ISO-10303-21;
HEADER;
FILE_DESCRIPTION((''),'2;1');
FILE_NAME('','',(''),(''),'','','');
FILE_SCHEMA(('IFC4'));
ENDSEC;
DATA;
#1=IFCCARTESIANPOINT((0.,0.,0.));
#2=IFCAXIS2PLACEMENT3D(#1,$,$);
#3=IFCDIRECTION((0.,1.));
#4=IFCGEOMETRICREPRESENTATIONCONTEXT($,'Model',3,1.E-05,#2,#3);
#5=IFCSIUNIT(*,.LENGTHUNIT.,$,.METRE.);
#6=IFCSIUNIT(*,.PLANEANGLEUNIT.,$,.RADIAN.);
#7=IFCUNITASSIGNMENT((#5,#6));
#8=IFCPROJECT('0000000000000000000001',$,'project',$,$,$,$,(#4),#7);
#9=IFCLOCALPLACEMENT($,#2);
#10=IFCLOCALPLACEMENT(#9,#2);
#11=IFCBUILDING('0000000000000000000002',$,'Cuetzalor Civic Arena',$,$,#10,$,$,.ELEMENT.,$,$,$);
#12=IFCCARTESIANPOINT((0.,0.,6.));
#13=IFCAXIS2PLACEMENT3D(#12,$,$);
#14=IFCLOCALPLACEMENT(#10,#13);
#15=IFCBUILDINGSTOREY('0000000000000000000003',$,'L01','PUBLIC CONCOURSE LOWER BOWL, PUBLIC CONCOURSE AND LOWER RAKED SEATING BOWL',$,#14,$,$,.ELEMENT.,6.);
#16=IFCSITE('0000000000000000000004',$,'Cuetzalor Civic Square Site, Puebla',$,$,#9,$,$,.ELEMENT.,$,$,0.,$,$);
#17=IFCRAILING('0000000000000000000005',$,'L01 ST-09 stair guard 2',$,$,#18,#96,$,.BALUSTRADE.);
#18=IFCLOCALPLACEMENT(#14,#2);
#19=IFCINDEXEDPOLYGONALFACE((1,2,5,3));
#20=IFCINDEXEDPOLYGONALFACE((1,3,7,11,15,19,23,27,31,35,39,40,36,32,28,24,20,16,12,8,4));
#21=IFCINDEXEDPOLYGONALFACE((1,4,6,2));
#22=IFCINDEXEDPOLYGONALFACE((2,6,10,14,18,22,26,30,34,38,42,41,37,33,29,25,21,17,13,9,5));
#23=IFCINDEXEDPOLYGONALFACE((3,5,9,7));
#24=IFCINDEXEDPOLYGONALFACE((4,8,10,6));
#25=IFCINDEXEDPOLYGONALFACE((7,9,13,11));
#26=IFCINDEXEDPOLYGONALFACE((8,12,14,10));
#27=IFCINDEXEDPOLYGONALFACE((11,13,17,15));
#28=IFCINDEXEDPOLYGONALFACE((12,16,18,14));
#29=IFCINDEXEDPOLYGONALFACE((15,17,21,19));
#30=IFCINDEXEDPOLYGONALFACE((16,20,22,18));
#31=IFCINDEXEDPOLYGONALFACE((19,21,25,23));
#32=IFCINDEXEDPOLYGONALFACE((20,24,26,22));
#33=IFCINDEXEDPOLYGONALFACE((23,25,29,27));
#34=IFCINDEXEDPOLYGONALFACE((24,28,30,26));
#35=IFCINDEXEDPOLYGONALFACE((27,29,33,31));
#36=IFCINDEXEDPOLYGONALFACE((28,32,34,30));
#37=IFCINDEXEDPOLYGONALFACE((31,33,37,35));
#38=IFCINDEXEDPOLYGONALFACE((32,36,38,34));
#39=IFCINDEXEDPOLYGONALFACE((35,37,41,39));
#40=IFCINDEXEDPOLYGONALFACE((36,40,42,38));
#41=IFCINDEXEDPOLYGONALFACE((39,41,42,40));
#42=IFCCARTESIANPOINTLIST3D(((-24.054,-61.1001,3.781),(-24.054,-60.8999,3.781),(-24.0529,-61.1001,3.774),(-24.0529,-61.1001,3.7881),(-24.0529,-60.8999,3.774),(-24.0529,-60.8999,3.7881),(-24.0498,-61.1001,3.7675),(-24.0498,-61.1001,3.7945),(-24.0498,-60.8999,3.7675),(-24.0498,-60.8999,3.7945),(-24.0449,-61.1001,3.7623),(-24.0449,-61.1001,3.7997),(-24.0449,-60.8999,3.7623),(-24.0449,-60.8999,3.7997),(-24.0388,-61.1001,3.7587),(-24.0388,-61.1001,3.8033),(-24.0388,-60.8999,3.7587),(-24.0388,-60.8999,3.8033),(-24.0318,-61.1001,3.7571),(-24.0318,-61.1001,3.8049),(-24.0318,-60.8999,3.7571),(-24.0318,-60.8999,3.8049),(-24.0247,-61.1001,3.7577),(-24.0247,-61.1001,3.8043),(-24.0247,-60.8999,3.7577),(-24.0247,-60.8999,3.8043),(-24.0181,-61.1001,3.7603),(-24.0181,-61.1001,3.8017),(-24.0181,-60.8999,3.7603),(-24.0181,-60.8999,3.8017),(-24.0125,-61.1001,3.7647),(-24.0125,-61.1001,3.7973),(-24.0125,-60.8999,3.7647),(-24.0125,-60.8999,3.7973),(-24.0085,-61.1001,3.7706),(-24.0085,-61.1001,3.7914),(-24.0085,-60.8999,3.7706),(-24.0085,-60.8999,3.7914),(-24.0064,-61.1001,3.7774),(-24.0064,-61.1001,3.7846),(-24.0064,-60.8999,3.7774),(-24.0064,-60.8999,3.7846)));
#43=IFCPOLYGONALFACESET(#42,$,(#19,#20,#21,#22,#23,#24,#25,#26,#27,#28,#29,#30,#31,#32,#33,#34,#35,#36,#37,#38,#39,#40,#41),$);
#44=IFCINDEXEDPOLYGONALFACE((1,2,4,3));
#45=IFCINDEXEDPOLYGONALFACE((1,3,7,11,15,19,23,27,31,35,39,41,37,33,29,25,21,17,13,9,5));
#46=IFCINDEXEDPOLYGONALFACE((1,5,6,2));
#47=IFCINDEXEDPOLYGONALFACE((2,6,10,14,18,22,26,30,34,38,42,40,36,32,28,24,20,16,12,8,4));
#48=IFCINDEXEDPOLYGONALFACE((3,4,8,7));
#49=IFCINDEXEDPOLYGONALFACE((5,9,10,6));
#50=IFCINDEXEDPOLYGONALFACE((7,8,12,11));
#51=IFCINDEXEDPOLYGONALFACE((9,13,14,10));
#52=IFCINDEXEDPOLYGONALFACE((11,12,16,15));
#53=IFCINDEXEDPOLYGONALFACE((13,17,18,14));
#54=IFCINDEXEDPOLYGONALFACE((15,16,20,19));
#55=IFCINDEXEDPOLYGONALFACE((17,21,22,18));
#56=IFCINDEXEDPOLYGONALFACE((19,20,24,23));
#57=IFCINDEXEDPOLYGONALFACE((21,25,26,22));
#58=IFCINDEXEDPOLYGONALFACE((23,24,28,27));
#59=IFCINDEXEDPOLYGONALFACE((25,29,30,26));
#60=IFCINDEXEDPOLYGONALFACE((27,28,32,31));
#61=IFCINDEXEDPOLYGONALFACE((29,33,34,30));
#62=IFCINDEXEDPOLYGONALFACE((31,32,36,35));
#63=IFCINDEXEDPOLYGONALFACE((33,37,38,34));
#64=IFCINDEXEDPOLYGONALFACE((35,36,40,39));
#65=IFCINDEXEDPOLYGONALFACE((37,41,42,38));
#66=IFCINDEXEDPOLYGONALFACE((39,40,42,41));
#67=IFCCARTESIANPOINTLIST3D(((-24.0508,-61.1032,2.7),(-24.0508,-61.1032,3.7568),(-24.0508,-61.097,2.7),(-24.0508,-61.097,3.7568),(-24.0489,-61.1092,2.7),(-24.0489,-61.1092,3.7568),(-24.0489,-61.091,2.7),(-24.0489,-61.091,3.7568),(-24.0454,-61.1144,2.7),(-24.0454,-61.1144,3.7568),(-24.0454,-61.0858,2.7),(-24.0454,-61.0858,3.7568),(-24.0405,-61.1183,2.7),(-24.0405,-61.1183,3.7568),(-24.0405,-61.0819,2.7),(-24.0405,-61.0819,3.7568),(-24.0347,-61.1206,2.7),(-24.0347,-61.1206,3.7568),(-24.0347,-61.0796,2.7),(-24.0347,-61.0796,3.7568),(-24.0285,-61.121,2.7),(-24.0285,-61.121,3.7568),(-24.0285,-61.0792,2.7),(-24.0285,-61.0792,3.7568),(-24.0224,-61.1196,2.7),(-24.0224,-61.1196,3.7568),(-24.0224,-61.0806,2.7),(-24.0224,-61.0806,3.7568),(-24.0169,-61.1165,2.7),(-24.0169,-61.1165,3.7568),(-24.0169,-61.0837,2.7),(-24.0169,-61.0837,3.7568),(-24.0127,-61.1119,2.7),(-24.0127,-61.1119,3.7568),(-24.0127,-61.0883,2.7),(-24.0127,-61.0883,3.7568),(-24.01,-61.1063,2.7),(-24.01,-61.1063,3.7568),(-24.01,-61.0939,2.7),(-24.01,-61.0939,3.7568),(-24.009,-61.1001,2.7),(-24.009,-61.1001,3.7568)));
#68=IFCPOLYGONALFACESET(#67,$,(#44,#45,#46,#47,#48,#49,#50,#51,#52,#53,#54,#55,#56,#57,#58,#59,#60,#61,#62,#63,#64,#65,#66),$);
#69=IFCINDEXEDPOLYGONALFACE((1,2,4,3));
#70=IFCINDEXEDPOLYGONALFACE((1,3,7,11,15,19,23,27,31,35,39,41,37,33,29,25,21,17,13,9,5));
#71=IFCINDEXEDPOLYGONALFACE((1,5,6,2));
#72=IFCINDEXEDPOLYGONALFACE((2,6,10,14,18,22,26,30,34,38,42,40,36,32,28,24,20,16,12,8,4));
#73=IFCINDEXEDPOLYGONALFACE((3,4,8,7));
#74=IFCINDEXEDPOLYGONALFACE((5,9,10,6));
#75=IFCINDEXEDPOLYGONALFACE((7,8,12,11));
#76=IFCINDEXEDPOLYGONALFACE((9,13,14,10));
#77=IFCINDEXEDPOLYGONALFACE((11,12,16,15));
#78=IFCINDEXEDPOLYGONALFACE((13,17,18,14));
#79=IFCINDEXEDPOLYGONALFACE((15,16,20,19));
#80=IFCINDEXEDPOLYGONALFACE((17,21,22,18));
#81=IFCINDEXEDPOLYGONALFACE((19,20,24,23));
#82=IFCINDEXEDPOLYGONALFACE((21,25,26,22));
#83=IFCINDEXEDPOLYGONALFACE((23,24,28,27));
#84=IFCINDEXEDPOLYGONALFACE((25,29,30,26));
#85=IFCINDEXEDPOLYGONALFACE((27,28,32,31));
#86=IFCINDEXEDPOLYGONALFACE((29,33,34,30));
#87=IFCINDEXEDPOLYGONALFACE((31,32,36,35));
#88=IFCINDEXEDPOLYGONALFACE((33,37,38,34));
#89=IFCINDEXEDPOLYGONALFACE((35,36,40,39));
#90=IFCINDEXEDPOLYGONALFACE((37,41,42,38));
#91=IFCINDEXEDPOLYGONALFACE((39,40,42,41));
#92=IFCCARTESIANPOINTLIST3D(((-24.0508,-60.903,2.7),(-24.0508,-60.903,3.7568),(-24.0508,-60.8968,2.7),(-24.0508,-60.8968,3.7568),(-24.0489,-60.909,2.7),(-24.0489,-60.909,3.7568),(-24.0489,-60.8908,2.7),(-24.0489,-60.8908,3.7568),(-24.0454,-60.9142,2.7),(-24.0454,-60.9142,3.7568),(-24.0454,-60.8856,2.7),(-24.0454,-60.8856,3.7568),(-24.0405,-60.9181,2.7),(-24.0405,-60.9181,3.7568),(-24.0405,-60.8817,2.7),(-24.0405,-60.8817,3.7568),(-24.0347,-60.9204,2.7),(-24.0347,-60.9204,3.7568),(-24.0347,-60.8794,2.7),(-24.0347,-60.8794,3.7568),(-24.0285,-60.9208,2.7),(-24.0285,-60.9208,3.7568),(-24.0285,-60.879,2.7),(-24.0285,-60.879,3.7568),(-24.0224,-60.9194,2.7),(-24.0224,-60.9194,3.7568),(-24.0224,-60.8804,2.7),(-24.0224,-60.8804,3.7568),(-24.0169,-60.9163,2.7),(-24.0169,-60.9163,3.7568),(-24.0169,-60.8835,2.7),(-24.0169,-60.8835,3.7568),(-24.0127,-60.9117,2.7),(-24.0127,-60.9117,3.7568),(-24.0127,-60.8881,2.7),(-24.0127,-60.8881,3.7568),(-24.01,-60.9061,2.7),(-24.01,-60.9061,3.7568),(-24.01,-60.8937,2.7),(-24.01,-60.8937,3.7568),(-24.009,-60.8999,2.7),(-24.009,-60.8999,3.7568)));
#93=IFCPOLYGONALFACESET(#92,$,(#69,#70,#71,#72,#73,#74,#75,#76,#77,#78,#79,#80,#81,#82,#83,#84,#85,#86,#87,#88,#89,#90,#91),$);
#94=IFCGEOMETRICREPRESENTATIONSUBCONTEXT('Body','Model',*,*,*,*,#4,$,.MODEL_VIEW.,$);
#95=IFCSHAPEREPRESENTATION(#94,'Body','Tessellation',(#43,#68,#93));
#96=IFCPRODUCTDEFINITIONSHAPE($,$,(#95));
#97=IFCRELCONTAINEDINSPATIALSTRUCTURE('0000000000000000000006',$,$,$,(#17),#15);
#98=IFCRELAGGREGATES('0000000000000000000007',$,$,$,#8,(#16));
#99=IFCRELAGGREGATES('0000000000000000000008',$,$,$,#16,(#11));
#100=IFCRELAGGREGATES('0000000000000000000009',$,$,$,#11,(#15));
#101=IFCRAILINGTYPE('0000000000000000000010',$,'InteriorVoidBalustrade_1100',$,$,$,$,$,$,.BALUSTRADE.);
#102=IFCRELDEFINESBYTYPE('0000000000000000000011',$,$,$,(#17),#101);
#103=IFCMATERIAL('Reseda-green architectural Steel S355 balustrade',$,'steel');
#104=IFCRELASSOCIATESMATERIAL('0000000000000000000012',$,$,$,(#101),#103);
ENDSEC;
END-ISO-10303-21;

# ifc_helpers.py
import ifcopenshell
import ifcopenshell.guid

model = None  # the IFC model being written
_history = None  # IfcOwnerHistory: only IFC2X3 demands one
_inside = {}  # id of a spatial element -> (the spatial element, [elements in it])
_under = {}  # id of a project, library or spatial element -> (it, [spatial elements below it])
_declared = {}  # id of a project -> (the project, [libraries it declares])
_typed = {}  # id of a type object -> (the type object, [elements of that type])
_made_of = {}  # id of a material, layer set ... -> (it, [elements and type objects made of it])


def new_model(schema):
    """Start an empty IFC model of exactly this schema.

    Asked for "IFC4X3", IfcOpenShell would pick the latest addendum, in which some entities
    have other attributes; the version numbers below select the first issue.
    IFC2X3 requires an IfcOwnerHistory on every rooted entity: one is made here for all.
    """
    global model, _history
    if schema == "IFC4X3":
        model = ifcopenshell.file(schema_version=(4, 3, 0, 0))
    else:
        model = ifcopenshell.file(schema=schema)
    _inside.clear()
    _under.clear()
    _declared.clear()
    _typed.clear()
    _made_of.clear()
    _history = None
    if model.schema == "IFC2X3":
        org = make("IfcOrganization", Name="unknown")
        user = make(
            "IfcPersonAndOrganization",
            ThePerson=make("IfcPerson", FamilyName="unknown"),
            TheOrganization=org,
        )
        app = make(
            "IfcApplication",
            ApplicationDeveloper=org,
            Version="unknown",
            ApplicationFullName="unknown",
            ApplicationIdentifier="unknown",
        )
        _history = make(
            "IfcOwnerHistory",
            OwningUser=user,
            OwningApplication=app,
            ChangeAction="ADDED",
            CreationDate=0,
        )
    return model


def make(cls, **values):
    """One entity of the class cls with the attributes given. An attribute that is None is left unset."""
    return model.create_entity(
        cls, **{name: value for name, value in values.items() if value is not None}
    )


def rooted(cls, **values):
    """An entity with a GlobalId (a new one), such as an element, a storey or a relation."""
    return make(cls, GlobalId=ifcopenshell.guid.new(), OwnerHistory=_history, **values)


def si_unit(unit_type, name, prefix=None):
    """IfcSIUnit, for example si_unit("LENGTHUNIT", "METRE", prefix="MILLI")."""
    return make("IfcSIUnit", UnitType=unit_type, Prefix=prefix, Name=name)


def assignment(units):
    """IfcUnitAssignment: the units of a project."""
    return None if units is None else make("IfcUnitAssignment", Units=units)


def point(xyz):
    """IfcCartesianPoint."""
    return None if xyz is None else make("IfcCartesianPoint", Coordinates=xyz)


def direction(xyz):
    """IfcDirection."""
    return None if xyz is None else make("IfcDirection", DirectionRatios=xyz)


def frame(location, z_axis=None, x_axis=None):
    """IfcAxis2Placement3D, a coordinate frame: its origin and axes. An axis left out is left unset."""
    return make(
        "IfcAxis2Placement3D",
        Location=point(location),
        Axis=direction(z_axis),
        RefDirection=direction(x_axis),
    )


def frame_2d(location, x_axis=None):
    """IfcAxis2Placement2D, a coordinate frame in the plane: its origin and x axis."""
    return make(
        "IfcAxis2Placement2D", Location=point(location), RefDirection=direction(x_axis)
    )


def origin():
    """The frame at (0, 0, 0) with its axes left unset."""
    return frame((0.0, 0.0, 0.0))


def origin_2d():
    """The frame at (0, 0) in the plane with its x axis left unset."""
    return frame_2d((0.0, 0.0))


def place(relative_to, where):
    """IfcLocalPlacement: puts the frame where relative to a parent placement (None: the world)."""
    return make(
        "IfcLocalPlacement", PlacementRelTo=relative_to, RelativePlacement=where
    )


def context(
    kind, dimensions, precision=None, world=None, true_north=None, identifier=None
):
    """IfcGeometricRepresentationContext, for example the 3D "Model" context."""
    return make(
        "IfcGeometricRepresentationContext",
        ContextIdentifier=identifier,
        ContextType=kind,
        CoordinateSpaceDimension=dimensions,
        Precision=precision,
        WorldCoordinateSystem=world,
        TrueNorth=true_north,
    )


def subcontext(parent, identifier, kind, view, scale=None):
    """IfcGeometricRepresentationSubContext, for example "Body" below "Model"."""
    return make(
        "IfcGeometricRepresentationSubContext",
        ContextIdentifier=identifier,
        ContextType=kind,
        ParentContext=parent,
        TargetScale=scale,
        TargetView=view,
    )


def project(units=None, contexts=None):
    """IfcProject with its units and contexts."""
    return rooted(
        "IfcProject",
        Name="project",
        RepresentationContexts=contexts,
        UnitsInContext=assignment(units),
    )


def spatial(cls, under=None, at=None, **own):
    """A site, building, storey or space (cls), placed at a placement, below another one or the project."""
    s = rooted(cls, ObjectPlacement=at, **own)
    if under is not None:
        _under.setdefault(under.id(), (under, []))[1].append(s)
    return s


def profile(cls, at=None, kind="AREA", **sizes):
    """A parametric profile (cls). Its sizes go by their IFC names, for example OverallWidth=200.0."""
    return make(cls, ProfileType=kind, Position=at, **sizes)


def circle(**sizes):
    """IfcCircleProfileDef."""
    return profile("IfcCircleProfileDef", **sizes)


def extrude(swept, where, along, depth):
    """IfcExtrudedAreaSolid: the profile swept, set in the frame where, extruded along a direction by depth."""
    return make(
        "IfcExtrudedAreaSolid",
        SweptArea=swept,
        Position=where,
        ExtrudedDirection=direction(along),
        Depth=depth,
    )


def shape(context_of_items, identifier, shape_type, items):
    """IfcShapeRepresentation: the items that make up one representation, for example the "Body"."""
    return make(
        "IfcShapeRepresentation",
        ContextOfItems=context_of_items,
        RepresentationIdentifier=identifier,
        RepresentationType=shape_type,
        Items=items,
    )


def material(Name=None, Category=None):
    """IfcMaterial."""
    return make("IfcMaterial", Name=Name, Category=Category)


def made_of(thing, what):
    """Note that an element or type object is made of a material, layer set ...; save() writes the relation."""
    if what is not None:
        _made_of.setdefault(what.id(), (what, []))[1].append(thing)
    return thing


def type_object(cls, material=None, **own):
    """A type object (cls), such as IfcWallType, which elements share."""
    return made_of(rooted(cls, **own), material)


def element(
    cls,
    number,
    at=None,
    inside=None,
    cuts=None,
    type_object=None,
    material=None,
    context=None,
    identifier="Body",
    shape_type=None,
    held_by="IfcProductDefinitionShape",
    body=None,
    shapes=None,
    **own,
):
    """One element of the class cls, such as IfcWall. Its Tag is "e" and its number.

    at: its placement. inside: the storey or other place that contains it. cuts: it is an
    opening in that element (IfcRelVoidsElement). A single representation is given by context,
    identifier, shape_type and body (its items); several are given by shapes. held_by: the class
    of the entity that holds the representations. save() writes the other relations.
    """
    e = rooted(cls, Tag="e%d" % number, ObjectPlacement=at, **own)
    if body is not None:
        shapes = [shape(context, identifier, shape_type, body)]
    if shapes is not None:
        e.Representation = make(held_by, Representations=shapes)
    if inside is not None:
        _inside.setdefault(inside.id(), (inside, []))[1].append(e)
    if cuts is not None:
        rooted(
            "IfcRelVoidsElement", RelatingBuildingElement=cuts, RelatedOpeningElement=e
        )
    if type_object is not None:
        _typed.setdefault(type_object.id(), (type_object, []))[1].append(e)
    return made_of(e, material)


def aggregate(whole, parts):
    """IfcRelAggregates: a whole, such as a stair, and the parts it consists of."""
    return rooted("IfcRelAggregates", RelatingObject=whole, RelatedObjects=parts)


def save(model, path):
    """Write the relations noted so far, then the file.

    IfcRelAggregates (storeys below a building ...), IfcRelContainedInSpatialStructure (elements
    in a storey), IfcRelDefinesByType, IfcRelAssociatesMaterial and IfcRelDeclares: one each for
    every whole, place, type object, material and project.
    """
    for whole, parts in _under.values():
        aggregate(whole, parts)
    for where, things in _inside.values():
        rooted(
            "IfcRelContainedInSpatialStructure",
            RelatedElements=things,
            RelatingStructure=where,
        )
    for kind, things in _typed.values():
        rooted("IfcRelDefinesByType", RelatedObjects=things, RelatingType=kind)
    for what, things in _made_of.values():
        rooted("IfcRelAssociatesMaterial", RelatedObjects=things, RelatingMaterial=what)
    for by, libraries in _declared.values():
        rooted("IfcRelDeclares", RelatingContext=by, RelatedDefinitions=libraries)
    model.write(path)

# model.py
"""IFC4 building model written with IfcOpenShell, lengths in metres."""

from ifc_helpers import new_model, si_unit, direction, frame, origin, origin_2d, place, context, subcontext, project, spatial, circle, extrude, material, type_object, element, save


model = new_model("IFC4")

# Units and contexts
model_context = context("Model", 3, precision=1e-05, world=origin(), true_north=direction((0.0, 1.0)))
body_context = subcontext(model_context, "Body", "Model", "MODEL_VIEW")
ifc_project = project(units=[si_unit("LENGTHUNIT", "METRE"), si_unit("PLANEANGLEUNIT", "RADIAN")], contexts=[model_context])

# Site, building, storey
site_placement = place(None, origin())
site = spatial("IfcSite", under=ifc_project, at=site_placement, Name="Cuetzalor Civic Square Site, Puebla", CompositionType="ELEMENT", RefElevation=0.0)
building_placement = place(site_placement, origin())
building = spatial("IfcBuilding", under=site, at=building_placement, Name="Cuetzalor Civic Arena", CompositionType="ELEMENT")
storey_placement = place(building_placement, frame((0.0, 0.0, 6.0)))
storey = spatial("IfcBuildingStorey", under=building, at=storey_placement, Name="L01", Description="PUBLIC CONCOURSE LOWER BOWL, PUBLIC CONCOURSE AND LOWER RAKED SEATING BOWL", CompositionType="ELEMENT", Elevation=6.0)

# Railing
ifc_material_1 = material(Name="Reseda-green architectural Steel S355 balustrade", Category="steel")
railing_type_1 = type_object("IfcRailingType", Name="InteriorVoidBalustrade_1100", PredefinedType="BALUSTRADE", material=ifc_material_1)
railing_1_placement = place(storey_placement, frame((-24.03, -61.1001, 2.7)))
element("IfcRailing", 1, at=railing_1_placement, inside=storey, type_object=railing_type_1, Name="L01 ST-09 stair guard 2", PredefinedType="BALUSTRADE", context=body_context, shape_type="SweptSolid", body=[
    extrude(circle(Radius=0.0239, at=origin_2d()), frame((0.0, 0.0, 1.0811), z_axis=(0.0, 1.0, 0.0), x_axis=(-1.0, 0.0, 0.0)), (0.0, 0.0, 1.0), 0.2002),
    extrude(circle(Radius=0.021, at=origin_2d()), origin(), (0.0, 0.0, 1.0), 1.0569),
    extrude(circle(Radius=0.021, at=origin_2d()), frame((0.0, 0.2002, 0.0)), (0.0, 0.0, 1.0), 1.0569),
])

save(model, "model.ifc")
